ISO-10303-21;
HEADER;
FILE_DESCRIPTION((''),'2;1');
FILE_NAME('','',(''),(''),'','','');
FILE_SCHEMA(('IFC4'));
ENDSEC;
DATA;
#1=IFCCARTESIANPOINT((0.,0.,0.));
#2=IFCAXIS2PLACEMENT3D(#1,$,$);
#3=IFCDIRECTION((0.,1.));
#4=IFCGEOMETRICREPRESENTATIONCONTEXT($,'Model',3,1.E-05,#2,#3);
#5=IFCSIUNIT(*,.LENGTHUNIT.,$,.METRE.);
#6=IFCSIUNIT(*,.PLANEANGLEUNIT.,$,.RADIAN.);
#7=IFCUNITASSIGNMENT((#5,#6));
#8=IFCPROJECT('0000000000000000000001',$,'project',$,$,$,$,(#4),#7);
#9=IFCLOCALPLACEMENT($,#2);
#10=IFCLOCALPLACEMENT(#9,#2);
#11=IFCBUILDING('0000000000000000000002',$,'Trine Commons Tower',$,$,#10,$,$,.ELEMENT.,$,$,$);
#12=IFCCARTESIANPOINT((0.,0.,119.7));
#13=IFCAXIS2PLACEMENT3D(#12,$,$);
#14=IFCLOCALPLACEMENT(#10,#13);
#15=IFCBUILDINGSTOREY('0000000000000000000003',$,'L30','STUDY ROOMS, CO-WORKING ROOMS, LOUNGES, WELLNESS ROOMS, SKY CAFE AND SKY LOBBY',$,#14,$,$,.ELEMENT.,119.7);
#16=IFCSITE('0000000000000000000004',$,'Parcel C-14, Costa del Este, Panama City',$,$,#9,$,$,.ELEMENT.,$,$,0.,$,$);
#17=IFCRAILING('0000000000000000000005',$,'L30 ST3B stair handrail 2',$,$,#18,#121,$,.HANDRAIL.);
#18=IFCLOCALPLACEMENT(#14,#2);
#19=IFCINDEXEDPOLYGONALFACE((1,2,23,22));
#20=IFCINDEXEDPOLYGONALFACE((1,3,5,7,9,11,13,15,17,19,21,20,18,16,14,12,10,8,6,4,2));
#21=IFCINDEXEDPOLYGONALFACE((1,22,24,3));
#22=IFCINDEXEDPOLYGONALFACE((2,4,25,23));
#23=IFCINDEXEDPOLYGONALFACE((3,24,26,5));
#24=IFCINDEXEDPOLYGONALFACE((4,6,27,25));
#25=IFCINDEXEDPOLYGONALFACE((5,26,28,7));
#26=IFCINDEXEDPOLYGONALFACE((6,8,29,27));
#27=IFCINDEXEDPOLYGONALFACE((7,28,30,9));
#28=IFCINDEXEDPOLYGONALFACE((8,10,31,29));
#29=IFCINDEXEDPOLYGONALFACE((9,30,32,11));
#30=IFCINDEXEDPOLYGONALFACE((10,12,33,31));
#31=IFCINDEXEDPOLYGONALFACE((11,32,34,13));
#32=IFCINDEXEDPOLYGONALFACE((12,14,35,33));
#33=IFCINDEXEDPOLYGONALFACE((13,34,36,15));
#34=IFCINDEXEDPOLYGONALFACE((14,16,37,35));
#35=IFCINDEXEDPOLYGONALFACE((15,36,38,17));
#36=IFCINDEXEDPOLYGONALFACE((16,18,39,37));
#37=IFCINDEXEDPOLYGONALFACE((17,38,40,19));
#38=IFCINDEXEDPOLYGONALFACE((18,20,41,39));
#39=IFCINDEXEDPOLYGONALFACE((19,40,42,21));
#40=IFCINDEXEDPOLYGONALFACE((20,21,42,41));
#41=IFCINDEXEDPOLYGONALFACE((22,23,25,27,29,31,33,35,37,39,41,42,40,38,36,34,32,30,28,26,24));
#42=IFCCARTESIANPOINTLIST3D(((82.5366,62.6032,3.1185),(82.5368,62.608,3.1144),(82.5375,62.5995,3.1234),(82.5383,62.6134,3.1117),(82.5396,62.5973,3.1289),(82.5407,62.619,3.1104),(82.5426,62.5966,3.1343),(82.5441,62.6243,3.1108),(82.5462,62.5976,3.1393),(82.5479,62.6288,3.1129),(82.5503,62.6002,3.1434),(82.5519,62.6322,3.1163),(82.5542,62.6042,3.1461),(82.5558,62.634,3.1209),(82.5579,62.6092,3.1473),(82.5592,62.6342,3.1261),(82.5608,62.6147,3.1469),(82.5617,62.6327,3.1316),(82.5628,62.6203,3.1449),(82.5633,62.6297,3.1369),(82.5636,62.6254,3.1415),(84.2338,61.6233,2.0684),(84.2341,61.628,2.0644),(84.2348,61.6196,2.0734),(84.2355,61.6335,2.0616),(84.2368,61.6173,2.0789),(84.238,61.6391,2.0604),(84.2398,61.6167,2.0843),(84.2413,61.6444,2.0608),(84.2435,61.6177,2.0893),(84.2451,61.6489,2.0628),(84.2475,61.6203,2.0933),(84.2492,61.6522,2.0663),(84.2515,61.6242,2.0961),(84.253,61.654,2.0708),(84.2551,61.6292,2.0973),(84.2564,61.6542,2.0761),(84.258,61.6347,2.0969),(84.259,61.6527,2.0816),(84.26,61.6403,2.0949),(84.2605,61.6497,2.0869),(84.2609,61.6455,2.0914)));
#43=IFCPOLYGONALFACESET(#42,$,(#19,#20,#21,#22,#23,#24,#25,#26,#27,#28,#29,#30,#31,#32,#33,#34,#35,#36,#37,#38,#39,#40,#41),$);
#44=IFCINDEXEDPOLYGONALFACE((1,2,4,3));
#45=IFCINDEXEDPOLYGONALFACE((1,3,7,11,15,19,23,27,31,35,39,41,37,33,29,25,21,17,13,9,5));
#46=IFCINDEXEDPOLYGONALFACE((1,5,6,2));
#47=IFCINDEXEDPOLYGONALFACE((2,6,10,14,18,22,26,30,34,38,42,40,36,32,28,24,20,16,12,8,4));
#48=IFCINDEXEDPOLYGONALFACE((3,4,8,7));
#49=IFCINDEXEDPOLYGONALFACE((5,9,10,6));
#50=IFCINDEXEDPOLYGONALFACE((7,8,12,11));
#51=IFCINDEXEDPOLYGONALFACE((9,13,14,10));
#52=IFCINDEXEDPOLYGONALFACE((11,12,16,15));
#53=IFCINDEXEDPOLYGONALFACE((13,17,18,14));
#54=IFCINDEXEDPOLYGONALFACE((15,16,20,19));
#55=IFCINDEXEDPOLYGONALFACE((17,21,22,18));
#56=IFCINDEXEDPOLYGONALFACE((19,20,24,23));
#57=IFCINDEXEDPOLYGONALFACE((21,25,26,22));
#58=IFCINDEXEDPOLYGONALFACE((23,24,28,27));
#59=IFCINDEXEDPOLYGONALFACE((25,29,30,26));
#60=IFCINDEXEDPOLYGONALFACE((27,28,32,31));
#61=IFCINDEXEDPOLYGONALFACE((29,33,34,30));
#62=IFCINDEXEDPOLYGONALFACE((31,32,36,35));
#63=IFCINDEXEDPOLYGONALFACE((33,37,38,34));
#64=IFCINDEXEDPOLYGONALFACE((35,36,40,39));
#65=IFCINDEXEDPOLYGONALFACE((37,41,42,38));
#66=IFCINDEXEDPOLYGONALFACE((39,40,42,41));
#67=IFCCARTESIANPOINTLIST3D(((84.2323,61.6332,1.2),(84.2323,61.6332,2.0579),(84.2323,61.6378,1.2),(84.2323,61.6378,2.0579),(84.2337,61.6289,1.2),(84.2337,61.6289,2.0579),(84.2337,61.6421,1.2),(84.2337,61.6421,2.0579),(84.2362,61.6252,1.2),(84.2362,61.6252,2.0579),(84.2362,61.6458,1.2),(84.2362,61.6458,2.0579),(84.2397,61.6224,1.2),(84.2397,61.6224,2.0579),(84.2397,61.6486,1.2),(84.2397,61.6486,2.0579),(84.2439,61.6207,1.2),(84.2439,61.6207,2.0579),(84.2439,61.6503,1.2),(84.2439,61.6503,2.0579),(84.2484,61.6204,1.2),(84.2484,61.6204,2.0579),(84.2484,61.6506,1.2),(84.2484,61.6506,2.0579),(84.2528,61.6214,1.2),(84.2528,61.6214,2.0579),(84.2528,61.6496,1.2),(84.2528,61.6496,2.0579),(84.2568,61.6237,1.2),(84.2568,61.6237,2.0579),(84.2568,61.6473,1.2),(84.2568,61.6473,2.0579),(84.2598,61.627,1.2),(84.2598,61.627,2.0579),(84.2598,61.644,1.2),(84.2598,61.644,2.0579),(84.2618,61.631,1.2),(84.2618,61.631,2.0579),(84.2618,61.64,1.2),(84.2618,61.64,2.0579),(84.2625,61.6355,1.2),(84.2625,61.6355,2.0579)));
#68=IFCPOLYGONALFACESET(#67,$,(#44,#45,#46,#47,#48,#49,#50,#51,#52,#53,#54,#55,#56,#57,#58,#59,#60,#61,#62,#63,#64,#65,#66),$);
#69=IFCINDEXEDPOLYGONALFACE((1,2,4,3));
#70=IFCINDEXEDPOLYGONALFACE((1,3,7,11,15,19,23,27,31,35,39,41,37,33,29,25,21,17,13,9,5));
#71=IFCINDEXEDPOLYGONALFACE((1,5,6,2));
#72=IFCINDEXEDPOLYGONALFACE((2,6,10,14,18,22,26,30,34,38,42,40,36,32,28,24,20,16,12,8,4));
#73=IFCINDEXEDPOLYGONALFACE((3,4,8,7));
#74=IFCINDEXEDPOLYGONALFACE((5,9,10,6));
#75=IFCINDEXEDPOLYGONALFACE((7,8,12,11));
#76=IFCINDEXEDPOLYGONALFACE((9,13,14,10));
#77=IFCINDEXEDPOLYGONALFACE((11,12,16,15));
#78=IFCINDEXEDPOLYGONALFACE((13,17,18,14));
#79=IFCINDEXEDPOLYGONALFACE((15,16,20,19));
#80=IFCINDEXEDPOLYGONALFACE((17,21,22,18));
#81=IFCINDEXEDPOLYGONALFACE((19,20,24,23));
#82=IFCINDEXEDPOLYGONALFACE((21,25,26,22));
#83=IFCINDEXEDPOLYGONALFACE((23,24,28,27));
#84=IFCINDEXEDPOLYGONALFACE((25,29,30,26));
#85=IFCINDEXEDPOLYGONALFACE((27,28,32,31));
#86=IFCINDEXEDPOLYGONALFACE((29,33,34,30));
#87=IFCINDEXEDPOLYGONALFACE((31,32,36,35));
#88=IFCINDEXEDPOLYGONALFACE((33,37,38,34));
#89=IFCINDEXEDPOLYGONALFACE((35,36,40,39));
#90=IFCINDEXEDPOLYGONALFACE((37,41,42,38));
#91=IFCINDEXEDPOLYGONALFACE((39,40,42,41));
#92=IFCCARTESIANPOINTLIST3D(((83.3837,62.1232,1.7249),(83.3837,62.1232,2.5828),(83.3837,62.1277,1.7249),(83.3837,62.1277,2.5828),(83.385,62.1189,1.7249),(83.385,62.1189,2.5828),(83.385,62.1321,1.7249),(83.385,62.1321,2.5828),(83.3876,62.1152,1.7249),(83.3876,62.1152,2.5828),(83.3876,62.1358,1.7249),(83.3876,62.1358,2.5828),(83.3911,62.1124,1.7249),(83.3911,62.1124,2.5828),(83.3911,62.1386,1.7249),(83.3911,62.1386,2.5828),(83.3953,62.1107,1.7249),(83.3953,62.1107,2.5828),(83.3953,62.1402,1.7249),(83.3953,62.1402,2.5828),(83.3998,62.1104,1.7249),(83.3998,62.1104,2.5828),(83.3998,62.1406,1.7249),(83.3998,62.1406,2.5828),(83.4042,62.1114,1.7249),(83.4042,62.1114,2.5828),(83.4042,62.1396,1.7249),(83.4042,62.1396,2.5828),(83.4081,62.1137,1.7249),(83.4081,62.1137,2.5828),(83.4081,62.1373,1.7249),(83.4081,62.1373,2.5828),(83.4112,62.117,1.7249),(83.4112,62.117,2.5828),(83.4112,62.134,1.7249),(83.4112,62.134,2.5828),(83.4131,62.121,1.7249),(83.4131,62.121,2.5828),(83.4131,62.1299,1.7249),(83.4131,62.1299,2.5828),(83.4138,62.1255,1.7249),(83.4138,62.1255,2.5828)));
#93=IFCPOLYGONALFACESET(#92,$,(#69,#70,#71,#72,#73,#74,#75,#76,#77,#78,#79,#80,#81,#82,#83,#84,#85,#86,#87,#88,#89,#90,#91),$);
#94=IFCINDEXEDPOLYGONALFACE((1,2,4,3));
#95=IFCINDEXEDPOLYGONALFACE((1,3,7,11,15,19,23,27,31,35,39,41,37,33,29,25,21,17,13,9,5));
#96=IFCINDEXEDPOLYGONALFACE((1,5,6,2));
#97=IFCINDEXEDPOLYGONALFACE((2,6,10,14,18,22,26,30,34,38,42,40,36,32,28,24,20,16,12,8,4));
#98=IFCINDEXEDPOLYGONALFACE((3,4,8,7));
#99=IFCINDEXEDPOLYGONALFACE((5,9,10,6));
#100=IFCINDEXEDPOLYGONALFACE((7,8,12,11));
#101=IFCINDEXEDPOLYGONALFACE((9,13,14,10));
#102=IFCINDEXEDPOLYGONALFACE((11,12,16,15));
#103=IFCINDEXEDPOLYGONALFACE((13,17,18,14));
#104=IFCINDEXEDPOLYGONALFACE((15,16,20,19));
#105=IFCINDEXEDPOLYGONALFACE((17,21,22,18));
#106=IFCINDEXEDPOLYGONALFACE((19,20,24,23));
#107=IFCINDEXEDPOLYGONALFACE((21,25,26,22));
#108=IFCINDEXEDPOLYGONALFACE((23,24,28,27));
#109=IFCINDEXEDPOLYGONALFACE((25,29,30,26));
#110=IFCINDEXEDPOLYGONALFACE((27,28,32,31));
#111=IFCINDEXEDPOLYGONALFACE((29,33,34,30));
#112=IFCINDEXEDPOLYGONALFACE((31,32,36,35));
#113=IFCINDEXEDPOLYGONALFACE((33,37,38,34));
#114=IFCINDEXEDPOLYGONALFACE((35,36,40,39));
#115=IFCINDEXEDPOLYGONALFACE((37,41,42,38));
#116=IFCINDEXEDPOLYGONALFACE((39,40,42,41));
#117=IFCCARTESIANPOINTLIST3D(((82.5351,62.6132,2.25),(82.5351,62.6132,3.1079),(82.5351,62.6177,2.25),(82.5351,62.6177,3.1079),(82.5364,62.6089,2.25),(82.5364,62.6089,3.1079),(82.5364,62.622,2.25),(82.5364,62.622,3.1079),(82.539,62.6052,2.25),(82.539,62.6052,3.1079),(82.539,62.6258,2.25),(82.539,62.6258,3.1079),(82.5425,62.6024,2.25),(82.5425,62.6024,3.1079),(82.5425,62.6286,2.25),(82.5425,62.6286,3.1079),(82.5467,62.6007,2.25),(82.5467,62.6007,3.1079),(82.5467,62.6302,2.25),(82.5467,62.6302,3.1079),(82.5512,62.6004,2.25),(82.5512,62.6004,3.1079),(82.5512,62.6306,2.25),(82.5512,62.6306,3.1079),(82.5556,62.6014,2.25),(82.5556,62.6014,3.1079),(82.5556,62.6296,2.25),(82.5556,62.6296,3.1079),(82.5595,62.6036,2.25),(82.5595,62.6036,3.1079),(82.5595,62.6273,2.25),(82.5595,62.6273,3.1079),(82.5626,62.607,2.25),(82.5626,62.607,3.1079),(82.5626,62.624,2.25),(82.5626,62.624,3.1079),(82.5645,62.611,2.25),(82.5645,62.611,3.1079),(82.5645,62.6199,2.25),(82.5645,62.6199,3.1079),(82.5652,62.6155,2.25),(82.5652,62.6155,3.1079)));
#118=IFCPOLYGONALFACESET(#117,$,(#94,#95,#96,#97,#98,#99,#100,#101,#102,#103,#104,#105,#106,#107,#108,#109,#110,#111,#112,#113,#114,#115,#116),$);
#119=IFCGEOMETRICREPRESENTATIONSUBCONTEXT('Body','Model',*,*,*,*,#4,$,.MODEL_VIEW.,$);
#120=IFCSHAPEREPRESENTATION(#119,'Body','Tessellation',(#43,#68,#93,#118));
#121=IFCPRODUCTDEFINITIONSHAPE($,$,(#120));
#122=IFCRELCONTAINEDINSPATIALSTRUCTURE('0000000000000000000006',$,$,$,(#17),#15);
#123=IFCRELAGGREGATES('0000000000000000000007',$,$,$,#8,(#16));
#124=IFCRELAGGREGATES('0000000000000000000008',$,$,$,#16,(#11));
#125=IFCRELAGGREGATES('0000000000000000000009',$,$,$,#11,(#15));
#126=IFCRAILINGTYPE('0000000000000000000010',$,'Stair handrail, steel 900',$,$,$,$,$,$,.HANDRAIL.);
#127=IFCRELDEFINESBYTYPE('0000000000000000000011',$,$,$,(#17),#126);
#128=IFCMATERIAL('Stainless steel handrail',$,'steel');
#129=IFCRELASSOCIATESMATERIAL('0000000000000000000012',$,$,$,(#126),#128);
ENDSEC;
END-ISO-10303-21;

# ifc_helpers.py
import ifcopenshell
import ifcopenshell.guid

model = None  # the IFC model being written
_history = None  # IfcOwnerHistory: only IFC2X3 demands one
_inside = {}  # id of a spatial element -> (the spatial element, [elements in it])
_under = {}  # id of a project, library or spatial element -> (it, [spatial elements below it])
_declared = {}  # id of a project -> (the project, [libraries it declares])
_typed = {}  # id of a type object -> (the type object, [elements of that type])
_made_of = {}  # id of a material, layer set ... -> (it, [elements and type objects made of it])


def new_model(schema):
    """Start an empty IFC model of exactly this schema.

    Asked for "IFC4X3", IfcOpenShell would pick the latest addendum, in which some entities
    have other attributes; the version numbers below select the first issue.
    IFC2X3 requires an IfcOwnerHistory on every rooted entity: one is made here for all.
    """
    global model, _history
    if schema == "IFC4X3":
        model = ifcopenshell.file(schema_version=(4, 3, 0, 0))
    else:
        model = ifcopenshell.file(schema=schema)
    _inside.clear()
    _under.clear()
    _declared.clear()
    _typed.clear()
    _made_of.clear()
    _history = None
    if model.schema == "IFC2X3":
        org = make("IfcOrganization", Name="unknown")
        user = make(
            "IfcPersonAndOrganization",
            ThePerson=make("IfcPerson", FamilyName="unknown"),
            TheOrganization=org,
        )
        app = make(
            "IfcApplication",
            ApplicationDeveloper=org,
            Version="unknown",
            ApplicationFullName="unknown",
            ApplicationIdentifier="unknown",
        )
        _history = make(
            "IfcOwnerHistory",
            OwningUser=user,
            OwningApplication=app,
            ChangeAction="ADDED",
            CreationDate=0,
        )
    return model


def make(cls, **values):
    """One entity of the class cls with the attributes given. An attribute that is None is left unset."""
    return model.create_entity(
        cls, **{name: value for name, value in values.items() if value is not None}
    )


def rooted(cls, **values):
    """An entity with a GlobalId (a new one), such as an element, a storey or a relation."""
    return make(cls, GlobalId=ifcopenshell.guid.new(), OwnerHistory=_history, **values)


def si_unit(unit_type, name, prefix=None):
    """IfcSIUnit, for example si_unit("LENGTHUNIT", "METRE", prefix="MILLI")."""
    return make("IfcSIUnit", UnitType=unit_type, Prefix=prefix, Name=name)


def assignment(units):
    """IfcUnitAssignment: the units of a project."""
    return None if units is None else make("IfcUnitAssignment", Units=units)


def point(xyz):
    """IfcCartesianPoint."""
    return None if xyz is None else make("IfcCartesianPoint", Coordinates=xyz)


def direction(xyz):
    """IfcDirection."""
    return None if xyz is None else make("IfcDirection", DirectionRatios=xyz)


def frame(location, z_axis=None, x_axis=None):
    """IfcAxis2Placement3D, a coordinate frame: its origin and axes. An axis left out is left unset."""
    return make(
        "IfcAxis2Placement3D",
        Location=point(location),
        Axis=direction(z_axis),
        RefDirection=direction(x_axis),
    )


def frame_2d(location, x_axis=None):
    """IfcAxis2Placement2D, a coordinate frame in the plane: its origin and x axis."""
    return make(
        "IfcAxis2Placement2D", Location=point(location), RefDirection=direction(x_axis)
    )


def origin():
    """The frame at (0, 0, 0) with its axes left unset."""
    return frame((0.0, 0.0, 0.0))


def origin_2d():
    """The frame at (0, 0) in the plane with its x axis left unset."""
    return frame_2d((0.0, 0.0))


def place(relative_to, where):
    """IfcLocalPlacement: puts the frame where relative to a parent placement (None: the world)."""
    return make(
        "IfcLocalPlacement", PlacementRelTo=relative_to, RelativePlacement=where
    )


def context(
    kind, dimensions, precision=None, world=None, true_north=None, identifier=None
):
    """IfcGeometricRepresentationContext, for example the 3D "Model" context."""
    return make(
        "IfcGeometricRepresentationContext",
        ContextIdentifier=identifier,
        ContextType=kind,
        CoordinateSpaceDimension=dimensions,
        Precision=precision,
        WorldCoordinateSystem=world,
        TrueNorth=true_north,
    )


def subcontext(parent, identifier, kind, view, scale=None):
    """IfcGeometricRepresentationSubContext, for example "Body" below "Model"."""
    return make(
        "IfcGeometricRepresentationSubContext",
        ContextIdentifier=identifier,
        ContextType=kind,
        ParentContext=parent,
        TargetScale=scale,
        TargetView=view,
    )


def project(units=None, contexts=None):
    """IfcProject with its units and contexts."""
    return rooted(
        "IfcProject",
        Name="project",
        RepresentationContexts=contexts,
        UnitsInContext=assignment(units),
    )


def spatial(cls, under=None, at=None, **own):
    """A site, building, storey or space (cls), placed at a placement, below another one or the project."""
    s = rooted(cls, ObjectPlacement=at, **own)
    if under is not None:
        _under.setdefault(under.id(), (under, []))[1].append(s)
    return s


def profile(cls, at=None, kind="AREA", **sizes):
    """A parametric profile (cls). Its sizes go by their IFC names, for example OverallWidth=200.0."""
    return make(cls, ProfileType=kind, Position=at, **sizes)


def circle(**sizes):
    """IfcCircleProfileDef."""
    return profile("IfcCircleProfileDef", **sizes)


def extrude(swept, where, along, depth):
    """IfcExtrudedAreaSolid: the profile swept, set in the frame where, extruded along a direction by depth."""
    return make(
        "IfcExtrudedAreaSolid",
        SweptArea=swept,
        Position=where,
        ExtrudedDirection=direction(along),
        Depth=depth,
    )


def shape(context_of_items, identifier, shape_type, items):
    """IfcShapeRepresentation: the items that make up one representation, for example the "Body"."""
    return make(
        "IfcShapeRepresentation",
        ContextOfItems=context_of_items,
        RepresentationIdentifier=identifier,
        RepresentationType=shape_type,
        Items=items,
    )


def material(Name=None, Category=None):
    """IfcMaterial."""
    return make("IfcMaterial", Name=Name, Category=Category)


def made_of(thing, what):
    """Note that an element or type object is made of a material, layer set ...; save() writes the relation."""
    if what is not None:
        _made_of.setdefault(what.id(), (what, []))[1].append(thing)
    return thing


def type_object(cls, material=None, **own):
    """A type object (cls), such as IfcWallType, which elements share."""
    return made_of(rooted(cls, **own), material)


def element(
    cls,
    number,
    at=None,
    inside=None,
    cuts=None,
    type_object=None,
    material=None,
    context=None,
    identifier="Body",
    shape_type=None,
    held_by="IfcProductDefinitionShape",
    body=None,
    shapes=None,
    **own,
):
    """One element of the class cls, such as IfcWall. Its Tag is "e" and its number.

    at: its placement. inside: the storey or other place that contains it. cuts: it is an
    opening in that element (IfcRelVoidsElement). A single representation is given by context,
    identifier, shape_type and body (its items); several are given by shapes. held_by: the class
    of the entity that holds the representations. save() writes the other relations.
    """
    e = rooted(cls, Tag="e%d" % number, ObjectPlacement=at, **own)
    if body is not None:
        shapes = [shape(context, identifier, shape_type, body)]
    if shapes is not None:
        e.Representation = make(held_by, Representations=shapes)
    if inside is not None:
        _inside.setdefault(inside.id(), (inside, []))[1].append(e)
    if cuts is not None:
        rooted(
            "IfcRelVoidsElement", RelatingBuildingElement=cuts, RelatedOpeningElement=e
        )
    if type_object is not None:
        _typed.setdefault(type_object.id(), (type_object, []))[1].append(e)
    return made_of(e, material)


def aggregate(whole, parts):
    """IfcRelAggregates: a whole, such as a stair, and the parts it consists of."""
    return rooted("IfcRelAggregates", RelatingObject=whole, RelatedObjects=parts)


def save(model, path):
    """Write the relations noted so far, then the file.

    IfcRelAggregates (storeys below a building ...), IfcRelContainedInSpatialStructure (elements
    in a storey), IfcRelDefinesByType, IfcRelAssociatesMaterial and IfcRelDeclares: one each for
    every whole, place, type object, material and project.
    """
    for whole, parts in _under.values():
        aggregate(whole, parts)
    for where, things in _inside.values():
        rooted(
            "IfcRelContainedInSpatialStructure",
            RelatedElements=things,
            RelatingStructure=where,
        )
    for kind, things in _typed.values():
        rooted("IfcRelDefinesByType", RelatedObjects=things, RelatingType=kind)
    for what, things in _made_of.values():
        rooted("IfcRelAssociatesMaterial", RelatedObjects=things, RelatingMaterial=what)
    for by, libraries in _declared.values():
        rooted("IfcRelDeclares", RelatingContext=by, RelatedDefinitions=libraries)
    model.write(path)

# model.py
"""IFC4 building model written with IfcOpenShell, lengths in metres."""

from ifc_helpers import new_model, si_unit, direction, frame, origin, origin_2d, place, context, subcontext, project, spatial, circle, extrude, material, type_object, element, save


model = new_model("IFC4")

# Units and contexts
model_context = context("Model", 3, precision=1e-05, world=origin(), true_north=direction((0.0, 1.0)))
body_context = subcontext(model_context, "Body", "Model", "MODEL_VIEW")
ifc_project = project(units=[si_unit("LENGTHUNIT", "METRE"), si_unit("PLANEANGLEUNIT", "RADIAN")], contexts=[model_context])

# Site, building, storey
site_placement = place(None, origin())
site = spatial("IfcSite", under=ifc_project, at=site_placement, Name="Parcel C-14, Costa del Este, Panama City", CompositionType="ELEMENT", RefElevation=0.0)
building_placement = place(site_placement, origin())
building = spatial("IfcBuilding", under=site, at=building_placement, Name="Trine Commons Tower", CompositionType="ELEMENT")
storey_placement = place(building_placement, frame((0.0, 0.0, 119.7)))
storey = spatial("IfcBuildingStorey", under=building, at=storey_placement, Name="L30", Description="STUDY ROOMS, CO-WORKING ROOMS, LOUNGES, WELLNESS ROOMS, SKY CAFE AND SKY LOBBY", CompositionType="ELEMENT", Elevation=119.7)

# Railing
ifc_material_1 = material(Name="Stainless steel handrail", Category="steel")
railing_type_1 = type_object("IfcRailingType", Name="Stair handrail, steel 900", PredefinedType="HANDRAIL", material=ifc_material_1)
railing_1_placement = place(storey_placement, frame((84.2473, 61.6355, 1.2)))
element("IfcRailing", 1, at=railing_1_placement, inside=storey, type_object=railing_type_1, Name="L30 ST3B stair handrail 2", PredefinedType="HANDRAIL", context=body_context, shape_type="SweptSolid", body=[
    extrude(circle(Radius=0.021, at=origin_2d()), frame((0.0, 0.0, 0.8789), z_axis=(-0.763352, 0.44075, 0.472264), x_axis=(-0.500024, -0.866011, 0.0)), (0.0, 0.0, 1.0), 2.2234),
    extrude(circle(Radius=0.0151, at=origin_2d()), origin(), (0.0, 0.0, 1.0), 0.8579),
    extrude(circle(Radius=0.0151, at=origin_2d()), frame((-0.8486, 0.49, 0.5249)), (0.0, 0.0, 1.0), 0.8579),
    extrude(circle(Radius=0.0151, at=origin_2d()), frame((-1.6973, 0.98, 1.05)), (0.0, 0.0, 1.0), 0.8579),
])

save(model, "model.ifc")
